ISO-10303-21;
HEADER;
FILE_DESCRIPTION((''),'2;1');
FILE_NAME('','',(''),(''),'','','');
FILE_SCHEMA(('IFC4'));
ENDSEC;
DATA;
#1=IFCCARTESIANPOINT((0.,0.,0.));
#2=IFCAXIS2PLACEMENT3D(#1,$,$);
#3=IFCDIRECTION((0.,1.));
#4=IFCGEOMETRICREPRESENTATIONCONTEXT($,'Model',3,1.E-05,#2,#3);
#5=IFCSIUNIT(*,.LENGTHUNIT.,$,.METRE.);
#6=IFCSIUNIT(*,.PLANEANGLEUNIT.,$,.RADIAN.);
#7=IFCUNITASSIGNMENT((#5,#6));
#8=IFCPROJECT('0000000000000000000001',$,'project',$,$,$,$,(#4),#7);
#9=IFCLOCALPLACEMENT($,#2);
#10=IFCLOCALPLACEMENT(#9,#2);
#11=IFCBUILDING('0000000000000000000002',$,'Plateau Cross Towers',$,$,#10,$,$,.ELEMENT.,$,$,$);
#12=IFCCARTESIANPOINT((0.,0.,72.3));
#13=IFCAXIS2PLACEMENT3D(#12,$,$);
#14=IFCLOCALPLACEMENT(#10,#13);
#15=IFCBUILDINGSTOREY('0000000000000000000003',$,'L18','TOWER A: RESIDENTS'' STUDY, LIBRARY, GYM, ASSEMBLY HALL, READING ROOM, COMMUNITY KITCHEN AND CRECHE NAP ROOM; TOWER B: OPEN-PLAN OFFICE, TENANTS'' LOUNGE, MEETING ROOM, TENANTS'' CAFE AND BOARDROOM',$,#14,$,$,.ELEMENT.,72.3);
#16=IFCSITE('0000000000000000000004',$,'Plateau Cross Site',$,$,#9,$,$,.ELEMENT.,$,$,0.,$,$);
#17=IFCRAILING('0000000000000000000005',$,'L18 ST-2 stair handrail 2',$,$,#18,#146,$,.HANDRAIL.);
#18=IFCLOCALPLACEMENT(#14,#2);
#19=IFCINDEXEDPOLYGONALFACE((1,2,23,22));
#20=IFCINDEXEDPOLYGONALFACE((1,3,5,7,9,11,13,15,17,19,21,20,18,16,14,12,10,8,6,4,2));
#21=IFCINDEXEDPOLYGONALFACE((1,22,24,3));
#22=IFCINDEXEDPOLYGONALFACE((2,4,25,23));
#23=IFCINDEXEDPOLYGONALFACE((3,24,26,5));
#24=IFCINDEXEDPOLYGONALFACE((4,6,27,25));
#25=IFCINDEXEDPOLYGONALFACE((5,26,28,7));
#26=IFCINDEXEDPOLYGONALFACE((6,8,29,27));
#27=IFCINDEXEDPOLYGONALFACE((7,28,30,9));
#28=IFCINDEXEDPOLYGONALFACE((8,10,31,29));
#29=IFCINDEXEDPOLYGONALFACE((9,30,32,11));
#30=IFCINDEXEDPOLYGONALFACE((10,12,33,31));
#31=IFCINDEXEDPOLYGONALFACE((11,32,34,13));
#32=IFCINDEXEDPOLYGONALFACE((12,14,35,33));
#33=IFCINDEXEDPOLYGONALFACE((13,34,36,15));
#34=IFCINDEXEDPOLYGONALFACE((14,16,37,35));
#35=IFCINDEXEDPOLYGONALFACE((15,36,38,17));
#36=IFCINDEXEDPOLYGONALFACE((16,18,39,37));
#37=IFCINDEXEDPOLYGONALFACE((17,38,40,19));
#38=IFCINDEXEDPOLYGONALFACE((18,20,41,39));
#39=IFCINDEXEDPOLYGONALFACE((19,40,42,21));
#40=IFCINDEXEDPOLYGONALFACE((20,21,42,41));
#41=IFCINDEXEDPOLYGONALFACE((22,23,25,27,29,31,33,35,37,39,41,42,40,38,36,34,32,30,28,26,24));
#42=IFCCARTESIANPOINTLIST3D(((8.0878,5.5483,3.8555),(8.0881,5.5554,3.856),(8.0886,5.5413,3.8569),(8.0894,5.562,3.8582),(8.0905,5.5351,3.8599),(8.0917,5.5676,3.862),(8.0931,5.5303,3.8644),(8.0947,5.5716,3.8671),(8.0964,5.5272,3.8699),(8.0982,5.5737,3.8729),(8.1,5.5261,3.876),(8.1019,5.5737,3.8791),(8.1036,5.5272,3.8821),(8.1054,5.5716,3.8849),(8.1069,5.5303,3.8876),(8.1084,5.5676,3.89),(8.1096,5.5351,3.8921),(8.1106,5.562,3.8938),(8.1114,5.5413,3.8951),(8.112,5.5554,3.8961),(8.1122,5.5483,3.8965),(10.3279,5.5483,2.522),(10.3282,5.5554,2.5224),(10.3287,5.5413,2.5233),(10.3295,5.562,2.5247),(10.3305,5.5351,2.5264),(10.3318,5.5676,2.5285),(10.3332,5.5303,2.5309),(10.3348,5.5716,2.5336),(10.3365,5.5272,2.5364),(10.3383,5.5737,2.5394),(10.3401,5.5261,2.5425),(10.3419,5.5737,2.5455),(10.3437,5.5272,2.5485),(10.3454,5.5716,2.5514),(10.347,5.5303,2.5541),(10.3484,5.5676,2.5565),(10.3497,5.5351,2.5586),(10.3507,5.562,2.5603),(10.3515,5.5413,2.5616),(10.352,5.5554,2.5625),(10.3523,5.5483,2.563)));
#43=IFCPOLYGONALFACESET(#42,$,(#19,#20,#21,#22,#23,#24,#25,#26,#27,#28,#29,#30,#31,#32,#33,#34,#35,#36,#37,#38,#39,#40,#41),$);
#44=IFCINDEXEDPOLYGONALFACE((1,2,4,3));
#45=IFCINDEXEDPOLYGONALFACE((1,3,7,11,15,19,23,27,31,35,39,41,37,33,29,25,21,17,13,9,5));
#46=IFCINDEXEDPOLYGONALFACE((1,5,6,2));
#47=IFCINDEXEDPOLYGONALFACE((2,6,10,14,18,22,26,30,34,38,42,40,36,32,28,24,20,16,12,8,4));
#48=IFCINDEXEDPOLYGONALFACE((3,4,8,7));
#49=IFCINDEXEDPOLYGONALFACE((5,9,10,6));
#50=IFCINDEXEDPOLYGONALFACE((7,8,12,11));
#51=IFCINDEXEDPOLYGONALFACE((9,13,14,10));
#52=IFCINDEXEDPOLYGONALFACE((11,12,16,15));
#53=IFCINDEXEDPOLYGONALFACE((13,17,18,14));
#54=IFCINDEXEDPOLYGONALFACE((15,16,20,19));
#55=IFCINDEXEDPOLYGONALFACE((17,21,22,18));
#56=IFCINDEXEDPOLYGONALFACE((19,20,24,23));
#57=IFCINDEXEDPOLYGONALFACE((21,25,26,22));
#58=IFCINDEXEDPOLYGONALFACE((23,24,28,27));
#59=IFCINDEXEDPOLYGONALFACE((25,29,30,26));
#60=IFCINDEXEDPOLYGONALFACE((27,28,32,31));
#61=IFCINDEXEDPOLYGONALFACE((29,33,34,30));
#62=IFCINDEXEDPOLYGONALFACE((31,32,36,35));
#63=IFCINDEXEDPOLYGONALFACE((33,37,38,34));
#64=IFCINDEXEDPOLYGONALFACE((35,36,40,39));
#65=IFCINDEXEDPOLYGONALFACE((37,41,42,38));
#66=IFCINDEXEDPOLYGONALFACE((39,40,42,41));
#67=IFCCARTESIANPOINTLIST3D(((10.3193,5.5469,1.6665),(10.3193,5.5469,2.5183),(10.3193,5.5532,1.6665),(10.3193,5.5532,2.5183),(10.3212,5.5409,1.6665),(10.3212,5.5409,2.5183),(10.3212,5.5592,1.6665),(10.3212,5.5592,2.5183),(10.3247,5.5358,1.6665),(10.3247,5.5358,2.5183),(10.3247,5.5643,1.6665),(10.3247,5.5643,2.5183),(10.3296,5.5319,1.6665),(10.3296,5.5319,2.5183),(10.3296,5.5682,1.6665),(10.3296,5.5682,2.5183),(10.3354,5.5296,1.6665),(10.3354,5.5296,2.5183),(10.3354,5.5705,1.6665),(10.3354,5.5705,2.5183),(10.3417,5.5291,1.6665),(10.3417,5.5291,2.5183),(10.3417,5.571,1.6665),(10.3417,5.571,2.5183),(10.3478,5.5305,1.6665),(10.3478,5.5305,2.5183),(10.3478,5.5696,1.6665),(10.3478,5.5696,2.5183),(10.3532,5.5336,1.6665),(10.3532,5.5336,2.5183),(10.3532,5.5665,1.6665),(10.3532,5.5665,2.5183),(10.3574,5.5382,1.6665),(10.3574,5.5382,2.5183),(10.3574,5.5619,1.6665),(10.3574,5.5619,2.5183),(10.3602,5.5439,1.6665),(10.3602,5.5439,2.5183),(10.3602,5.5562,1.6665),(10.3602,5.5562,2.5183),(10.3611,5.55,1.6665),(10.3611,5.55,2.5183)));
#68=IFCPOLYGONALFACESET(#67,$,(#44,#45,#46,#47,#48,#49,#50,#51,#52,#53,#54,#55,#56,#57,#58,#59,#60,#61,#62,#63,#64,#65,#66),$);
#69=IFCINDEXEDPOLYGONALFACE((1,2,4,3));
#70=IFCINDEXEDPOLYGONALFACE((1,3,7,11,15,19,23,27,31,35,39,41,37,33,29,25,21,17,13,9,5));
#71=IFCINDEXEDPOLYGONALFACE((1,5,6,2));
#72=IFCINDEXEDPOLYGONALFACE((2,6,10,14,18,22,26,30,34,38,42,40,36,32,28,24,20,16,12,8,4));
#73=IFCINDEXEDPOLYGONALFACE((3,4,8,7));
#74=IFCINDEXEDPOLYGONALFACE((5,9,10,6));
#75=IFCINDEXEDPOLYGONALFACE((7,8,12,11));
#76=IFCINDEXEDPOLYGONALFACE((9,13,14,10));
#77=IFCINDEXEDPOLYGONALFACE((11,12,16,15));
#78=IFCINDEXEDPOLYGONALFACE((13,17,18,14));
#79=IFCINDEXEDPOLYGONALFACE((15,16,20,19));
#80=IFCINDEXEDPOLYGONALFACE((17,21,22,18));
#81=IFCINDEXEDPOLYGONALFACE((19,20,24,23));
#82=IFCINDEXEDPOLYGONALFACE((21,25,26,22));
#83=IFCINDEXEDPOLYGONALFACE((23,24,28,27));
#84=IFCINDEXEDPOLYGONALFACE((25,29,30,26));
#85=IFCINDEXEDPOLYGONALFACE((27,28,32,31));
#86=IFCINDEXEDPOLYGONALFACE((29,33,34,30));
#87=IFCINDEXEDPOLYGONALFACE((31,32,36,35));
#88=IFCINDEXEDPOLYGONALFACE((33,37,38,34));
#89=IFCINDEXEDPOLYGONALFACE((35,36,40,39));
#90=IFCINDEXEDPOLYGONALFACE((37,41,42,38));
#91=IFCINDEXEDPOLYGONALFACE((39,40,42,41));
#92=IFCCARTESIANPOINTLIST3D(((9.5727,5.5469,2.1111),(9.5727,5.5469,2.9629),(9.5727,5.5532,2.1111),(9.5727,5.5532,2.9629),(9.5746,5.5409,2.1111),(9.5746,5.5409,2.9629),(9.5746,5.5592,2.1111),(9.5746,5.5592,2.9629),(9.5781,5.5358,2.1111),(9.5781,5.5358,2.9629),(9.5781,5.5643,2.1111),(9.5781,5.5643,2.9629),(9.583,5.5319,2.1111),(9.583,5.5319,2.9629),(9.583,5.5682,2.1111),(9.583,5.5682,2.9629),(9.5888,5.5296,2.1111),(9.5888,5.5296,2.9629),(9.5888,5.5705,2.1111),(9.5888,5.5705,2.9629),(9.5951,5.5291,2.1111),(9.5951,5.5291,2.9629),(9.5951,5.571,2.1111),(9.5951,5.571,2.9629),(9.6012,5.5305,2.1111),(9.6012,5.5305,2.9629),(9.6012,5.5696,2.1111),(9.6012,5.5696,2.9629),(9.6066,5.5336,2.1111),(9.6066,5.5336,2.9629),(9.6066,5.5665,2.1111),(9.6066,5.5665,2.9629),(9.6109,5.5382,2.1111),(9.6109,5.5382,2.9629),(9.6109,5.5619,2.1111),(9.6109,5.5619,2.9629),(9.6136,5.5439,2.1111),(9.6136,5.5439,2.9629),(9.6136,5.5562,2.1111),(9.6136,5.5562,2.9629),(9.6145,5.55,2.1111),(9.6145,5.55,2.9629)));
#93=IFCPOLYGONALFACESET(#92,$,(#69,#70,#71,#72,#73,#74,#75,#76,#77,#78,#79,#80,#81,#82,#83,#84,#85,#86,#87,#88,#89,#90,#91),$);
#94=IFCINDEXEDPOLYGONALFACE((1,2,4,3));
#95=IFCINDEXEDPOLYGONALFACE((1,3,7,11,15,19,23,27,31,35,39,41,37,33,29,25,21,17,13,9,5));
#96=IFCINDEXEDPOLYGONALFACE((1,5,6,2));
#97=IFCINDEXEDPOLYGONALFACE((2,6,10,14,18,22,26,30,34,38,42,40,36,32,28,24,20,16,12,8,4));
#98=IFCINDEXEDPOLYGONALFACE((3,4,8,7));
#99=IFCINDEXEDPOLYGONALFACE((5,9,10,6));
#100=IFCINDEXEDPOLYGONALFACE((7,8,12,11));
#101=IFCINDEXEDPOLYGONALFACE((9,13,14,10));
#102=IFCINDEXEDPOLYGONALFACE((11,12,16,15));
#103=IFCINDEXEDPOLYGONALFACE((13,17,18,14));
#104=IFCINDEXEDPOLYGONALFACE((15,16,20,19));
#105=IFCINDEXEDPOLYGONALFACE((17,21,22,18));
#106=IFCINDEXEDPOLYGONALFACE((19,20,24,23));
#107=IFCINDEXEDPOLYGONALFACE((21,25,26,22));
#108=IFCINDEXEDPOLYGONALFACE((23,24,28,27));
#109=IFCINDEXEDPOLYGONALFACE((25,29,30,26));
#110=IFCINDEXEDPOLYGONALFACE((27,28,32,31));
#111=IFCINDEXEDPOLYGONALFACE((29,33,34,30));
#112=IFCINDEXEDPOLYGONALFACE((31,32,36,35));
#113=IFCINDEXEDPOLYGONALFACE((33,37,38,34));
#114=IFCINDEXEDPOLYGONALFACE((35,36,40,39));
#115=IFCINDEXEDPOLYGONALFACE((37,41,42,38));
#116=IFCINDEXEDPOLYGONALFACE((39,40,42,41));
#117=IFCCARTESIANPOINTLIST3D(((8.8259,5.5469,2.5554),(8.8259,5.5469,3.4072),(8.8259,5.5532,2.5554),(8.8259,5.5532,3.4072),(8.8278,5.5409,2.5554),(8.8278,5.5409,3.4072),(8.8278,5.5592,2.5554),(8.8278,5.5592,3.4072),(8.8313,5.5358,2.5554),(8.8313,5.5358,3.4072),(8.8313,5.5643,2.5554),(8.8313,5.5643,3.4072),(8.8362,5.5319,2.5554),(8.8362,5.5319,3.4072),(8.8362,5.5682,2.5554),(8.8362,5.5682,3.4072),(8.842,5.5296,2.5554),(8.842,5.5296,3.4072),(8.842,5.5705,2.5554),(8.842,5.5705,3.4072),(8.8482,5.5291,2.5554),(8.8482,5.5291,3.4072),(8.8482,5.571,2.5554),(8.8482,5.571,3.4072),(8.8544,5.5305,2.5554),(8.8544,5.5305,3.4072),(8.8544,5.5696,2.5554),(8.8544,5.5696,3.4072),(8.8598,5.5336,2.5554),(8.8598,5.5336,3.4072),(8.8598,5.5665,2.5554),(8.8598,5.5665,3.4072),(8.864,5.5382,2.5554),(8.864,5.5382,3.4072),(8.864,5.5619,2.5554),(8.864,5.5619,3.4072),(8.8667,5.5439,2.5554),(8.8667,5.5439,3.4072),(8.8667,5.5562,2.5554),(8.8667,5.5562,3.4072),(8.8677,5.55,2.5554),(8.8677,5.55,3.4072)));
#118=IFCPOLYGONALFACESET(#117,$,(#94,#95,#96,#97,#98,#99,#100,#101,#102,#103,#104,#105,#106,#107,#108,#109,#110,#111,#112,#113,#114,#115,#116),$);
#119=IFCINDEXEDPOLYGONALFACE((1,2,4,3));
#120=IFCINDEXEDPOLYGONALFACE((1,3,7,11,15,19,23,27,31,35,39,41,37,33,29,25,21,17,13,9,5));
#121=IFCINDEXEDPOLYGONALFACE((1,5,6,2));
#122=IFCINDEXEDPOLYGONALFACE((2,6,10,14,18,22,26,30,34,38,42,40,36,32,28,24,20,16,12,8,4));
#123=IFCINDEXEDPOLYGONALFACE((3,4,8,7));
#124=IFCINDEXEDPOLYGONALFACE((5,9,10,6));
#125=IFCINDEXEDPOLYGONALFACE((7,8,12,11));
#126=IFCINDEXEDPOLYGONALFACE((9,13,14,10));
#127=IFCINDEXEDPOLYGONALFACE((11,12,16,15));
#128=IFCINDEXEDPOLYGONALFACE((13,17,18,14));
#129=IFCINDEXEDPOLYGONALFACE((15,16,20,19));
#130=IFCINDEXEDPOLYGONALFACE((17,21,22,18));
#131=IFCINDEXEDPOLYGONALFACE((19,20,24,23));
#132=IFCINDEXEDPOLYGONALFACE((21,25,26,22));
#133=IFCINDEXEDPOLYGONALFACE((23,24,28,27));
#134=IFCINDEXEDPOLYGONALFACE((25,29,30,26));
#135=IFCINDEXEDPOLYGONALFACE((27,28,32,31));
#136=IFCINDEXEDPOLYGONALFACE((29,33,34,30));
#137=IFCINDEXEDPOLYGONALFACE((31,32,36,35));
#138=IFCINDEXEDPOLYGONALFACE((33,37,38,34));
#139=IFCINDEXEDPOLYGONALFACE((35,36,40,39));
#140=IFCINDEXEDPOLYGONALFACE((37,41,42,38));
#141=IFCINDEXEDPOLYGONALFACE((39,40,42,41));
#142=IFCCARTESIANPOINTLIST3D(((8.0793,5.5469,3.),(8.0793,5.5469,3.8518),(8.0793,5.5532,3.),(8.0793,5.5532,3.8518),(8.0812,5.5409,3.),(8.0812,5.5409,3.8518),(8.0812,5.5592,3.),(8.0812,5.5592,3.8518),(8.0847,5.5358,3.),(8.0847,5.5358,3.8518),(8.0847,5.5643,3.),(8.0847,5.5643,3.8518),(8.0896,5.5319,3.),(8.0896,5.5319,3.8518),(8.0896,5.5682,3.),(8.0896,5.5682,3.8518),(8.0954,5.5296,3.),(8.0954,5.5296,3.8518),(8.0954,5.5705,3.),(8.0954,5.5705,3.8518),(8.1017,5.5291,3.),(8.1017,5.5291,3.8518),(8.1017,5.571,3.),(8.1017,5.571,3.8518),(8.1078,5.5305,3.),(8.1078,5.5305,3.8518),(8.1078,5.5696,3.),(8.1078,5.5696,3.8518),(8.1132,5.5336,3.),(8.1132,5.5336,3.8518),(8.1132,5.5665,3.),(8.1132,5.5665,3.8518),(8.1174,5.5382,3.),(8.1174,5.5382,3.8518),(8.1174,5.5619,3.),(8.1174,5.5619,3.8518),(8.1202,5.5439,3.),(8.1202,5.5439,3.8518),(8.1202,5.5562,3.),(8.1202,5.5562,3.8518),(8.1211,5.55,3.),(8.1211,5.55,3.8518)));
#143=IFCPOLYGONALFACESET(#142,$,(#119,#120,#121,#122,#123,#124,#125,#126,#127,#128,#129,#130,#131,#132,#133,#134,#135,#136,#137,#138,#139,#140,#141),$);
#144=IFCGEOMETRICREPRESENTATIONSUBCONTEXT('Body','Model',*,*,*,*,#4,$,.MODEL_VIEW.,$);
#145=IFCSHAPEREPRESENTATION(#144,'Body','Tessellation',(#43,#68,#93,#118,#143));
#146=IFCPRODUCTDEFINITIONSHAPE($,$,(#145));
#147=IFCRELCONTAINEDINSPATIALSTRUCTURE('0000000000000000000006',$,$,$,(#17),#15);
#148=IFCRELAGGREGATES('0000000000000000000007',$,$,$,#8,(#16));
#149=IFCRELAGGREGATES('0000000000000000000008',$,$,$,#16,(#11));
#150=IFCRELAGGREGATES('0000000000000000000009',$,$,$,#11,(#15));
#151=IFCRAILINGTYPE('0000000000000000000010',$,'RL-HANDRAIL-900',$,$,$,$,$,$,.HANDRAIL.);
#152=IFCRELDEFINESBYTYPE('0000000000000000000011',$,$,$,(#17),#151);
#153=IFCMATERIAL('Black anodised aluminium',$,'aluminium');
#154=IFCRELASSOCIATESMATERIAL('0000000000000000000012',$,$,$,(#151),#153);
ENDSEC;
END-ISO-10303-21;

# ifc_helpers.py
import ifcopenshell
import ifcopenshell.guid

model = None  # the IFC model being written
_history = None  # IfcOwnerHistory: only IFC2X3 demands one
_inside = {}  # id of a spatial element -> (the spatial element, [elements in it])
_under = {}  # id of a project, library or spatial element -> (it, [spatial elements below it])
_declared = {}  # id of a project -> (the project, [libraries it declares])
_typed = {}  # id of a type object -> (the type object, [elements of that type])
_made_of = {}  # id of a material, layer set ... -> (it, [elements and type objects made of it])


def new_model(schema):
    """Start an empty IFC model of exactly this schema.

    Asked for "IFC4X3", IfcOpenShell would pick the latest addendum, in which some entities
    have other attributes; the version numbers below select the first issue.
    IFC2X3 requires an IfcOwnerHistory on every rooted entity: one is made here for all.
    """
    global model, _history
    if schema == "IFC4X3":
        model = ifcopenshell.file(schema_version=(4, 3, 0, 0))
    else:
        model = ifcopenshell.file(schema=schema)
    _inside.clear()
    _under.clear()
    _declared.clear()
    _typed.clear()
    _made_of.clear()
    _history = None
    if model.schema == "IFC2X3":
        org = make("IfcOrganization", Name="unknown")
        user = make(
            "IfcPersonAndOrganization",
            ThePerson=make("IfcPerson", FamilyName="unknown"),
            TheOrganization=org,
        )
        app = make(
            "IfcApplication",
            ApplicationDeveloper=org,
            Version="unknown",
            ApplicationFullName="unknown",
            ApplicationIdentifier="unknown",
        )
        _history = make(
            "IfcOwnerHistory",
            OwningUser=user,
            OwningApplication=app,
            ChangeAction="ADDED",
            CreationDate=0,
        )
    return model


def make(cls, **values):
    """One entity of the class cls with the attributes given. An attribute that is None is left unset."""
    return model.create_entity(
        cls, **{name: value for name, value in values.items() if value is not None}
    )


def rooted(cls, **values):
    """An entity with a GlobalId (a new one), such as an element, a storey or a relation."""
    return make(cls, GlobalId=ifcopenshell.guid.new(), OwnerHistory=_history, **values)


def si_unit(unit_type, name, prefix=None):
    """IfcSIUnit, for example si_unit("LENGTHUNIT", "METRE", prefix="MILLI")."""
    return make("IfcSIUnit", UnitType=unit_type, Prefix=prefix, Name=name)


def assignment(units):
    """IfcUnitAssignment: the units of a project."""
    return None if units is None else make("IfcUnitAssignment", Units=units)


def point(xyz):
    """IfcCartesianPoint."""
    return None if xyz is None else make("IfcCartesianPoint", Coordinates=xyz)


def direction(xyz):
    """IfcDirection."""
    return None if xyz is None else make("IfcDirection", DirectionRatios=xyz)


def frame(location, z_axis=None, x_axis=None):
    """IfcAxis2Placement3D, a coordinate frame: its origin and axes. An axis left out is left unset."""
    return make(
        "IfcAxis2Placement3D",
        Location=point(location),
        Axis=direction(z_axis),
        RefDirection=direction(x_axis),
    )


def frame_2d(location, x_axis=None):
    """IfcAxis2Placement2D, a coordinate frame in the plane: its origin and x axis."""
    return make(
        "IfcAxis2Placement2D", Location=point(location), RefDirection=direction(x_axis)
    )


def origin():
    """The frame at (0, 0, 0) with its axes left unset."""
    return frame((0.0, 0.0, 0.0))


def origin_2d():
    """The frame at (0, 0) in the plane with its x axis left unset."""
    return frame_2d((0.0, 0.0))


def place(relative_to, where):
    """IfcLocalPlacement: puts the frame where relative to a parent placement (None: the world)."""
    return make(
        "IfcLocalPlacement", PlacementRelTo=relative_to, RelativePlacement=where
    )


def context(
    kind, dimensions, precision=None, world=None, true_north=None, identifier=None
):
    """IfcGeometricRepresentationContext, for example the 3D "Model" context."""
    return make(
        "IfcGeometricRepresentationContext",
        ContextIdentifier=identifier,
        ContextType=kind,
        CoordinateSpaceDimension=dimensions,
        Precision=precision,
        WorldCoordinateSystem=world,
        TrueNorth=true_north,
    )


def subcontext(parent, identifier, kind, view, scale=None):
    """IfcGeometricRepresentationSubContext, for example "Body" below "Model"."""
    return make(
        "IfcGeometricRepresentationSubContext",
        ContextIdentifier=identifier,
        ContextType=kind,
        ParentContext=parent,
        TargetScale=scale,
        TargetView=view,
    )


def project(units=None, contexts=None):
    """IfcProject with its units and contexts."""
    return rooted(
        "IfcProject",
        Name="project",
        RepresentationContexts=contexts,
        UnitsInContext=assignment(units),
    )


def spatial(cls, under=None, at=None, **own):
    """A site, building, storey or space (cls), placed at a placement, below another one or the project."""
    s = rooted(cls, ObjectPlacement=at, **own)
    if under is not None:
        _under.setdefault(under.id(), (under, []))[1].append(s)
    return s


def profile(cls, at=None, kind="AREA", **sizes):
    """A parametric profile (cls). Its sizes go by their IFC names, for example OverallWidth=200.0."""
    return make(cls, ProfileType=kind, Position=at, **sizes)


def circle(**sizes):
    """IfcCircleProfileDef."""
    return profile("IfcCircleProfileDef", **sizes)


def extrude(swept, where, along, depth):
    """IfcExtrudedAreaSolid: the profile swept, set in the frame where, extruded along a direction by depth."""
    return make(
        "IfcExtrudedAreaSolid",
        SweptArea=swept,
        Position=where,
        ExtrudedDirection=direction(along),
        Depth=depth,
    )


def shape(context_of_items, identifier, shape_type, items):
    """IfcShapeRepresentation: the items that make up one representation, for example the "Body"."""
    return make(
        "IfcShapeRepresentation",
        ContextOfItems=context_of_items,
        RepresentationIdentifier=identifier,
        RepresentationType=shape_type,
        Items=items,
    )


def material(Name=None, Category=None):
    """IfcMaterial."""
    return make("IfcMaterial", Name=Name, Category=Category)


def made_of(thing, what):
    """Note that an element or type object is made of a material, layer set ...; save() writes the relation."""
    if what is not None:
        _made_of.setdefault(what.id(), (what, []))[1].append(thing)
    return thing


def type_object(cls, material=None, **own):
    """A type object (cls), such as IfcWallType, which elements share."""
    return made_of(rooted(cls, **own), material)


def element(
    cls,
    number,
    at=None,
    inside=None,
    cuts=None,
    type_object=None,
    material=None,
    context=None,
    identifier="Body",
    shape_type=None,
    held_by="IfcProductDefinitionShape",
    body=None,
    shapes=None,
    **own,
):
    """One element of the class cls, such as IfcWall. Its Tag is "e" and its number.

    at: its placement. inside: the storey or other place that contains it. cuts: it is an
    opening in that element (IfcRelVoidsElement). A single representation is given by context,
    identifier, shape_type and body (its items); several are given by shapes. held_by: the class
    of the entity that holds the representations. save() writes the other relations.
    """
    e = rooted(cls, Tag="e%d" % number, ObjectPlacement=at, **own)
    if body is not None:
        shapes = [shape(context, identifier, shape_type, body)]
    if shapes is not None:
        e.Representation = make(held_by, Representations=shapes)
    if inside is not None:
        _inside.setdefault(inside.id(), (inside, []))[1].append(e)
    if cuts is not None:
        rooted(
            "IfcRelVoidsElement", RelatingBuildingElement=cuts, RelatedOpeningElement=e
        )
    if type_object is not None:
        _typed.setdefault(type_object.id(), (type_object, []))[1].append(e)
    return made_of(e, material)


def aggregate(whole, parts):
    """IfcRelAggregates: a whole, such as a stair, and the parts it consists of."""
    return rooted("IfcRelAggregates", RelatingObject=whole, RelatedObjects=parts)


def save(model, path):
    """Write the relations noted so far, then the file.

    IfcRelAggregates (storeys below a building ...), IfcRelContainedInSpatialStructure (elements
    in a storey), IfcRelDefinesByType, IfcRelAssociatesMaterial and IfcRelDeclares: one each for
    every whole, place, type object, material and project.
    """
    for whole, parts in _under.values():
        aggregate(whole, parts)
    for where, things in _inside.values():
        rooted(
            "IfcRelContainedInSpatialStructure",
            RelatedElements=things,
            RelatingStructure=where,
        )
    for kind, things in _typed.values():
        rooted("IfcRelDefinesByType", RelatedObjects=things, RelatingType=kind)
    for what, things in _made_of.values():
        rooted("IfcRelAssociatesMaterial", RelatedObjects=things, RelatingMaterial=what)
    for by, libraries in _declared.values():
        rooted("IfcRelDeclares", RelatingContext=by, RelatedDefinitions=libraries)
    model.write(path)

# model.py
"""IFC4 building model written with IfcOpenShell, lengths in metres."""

from ifc_helpers import new_model, si_unit, direction, frame, origin, origin_2d, place, context, subcontext, project, spatial, circle, extrude, material, type_object, element, save


model = new_model("IFC4")

# Units and contexts
model_context = context("Model", 3, precision=1e-05, world=origin(), true_north=direction((0.0, 1.0)))
body_context = subcontext(model_context, "Body", "Model", "MODEL_VIEW")
ifc_project = project(units=[si_unit("LENGTHUNIT", "METRE"), si_unit("PLANEANGLEUNIT", "RADIAN")], contexts=[model_context])

# Site, building, storey
site_placement = place(None, origin())
site = spatial("IfcSite", under=ifc_project, at=site_placement, Name="Plateau Cross Site", CompositionType="ELEMENT", RefElevation=0.0)
building_placement = place(site_placement, origin())
building = spatial("IfcBuilding", under=site, at=building_placement, Name="Plateau Cross Towers", CompositionType="ELEMENT")
storey_placement = place(building_placement, frame((0.0, 0.0, 72.3)))
storey = spatial("IfcBuildingStorey", under=building, at=storey_placement, Name="L18", Description="TOWER A: RESIDENTS' STUDY, LIBRARY, GYM, ASSEMBLY HALL, READING ROOM, COMMUNITY KITCHEN AND CRECHE NAP ROOM; TOWER B: OPEN-PLAN OFFICE, TENANTS' LOUNGE, MEETING ROOM, TENANTS' CAFE AND BOARDROOM", CompositionType="ELEMENT", Elevation=72.3)

# Shared definitions
ifc_material_1 = material(Name="Black anodised aluminium", Category="aluminium")

# Railing
railing_type_1 = type_object("IfcRailingType", Name="RL-HANDRAIL-900", PredefinedType="HANDRAIL", material=ifc_material_1)
railing_1_placement = place(storey_placement, frame((10.3401, 5.55, 1.6665)))
element("IfcRailing", 1, at=railing_1_placement, inside=storey, type_object=railing_type_1, Name="L18 ST-2 stair handrail 2", PredefinedType="HANDRAIL", context=body_context, shape_type="SweptSolid", body=[
    extrude(circle(Radius=0.0239, at=origin_2d()), frame((0.0, 0.0, 0.876), z_axis=(-0.859264, 0.0, 0.511532), x_axis=(0.0, -1.0, 0.0)), (0.0, 0.0, 1.0), 2.6069),
    extrude(circle(Radius=0.021, at=origin_2d()), origin(), (0.0, 0.0, 1.0), 0.8518),
    extrude(circle(Radius=0.021, at=origin_2d()), frame((-0.7466, 0.0, 0.4446)), (0.0, 0.0, 1.0), 0.8518),
    extrude(circle(Radius=0.021, at=origin_2d()), frame((-1.4934, 0.0, 0.8889)), (0.0, 0.0, 1.0), 0.8518),
    extrude(circle(Radius=0.021, at=origin_2d()), frame((-2.24, 0.0, 1.3335)), (0.0, 0.0, 1.0), 0.8518),
])

save(model, "model.ifc")
